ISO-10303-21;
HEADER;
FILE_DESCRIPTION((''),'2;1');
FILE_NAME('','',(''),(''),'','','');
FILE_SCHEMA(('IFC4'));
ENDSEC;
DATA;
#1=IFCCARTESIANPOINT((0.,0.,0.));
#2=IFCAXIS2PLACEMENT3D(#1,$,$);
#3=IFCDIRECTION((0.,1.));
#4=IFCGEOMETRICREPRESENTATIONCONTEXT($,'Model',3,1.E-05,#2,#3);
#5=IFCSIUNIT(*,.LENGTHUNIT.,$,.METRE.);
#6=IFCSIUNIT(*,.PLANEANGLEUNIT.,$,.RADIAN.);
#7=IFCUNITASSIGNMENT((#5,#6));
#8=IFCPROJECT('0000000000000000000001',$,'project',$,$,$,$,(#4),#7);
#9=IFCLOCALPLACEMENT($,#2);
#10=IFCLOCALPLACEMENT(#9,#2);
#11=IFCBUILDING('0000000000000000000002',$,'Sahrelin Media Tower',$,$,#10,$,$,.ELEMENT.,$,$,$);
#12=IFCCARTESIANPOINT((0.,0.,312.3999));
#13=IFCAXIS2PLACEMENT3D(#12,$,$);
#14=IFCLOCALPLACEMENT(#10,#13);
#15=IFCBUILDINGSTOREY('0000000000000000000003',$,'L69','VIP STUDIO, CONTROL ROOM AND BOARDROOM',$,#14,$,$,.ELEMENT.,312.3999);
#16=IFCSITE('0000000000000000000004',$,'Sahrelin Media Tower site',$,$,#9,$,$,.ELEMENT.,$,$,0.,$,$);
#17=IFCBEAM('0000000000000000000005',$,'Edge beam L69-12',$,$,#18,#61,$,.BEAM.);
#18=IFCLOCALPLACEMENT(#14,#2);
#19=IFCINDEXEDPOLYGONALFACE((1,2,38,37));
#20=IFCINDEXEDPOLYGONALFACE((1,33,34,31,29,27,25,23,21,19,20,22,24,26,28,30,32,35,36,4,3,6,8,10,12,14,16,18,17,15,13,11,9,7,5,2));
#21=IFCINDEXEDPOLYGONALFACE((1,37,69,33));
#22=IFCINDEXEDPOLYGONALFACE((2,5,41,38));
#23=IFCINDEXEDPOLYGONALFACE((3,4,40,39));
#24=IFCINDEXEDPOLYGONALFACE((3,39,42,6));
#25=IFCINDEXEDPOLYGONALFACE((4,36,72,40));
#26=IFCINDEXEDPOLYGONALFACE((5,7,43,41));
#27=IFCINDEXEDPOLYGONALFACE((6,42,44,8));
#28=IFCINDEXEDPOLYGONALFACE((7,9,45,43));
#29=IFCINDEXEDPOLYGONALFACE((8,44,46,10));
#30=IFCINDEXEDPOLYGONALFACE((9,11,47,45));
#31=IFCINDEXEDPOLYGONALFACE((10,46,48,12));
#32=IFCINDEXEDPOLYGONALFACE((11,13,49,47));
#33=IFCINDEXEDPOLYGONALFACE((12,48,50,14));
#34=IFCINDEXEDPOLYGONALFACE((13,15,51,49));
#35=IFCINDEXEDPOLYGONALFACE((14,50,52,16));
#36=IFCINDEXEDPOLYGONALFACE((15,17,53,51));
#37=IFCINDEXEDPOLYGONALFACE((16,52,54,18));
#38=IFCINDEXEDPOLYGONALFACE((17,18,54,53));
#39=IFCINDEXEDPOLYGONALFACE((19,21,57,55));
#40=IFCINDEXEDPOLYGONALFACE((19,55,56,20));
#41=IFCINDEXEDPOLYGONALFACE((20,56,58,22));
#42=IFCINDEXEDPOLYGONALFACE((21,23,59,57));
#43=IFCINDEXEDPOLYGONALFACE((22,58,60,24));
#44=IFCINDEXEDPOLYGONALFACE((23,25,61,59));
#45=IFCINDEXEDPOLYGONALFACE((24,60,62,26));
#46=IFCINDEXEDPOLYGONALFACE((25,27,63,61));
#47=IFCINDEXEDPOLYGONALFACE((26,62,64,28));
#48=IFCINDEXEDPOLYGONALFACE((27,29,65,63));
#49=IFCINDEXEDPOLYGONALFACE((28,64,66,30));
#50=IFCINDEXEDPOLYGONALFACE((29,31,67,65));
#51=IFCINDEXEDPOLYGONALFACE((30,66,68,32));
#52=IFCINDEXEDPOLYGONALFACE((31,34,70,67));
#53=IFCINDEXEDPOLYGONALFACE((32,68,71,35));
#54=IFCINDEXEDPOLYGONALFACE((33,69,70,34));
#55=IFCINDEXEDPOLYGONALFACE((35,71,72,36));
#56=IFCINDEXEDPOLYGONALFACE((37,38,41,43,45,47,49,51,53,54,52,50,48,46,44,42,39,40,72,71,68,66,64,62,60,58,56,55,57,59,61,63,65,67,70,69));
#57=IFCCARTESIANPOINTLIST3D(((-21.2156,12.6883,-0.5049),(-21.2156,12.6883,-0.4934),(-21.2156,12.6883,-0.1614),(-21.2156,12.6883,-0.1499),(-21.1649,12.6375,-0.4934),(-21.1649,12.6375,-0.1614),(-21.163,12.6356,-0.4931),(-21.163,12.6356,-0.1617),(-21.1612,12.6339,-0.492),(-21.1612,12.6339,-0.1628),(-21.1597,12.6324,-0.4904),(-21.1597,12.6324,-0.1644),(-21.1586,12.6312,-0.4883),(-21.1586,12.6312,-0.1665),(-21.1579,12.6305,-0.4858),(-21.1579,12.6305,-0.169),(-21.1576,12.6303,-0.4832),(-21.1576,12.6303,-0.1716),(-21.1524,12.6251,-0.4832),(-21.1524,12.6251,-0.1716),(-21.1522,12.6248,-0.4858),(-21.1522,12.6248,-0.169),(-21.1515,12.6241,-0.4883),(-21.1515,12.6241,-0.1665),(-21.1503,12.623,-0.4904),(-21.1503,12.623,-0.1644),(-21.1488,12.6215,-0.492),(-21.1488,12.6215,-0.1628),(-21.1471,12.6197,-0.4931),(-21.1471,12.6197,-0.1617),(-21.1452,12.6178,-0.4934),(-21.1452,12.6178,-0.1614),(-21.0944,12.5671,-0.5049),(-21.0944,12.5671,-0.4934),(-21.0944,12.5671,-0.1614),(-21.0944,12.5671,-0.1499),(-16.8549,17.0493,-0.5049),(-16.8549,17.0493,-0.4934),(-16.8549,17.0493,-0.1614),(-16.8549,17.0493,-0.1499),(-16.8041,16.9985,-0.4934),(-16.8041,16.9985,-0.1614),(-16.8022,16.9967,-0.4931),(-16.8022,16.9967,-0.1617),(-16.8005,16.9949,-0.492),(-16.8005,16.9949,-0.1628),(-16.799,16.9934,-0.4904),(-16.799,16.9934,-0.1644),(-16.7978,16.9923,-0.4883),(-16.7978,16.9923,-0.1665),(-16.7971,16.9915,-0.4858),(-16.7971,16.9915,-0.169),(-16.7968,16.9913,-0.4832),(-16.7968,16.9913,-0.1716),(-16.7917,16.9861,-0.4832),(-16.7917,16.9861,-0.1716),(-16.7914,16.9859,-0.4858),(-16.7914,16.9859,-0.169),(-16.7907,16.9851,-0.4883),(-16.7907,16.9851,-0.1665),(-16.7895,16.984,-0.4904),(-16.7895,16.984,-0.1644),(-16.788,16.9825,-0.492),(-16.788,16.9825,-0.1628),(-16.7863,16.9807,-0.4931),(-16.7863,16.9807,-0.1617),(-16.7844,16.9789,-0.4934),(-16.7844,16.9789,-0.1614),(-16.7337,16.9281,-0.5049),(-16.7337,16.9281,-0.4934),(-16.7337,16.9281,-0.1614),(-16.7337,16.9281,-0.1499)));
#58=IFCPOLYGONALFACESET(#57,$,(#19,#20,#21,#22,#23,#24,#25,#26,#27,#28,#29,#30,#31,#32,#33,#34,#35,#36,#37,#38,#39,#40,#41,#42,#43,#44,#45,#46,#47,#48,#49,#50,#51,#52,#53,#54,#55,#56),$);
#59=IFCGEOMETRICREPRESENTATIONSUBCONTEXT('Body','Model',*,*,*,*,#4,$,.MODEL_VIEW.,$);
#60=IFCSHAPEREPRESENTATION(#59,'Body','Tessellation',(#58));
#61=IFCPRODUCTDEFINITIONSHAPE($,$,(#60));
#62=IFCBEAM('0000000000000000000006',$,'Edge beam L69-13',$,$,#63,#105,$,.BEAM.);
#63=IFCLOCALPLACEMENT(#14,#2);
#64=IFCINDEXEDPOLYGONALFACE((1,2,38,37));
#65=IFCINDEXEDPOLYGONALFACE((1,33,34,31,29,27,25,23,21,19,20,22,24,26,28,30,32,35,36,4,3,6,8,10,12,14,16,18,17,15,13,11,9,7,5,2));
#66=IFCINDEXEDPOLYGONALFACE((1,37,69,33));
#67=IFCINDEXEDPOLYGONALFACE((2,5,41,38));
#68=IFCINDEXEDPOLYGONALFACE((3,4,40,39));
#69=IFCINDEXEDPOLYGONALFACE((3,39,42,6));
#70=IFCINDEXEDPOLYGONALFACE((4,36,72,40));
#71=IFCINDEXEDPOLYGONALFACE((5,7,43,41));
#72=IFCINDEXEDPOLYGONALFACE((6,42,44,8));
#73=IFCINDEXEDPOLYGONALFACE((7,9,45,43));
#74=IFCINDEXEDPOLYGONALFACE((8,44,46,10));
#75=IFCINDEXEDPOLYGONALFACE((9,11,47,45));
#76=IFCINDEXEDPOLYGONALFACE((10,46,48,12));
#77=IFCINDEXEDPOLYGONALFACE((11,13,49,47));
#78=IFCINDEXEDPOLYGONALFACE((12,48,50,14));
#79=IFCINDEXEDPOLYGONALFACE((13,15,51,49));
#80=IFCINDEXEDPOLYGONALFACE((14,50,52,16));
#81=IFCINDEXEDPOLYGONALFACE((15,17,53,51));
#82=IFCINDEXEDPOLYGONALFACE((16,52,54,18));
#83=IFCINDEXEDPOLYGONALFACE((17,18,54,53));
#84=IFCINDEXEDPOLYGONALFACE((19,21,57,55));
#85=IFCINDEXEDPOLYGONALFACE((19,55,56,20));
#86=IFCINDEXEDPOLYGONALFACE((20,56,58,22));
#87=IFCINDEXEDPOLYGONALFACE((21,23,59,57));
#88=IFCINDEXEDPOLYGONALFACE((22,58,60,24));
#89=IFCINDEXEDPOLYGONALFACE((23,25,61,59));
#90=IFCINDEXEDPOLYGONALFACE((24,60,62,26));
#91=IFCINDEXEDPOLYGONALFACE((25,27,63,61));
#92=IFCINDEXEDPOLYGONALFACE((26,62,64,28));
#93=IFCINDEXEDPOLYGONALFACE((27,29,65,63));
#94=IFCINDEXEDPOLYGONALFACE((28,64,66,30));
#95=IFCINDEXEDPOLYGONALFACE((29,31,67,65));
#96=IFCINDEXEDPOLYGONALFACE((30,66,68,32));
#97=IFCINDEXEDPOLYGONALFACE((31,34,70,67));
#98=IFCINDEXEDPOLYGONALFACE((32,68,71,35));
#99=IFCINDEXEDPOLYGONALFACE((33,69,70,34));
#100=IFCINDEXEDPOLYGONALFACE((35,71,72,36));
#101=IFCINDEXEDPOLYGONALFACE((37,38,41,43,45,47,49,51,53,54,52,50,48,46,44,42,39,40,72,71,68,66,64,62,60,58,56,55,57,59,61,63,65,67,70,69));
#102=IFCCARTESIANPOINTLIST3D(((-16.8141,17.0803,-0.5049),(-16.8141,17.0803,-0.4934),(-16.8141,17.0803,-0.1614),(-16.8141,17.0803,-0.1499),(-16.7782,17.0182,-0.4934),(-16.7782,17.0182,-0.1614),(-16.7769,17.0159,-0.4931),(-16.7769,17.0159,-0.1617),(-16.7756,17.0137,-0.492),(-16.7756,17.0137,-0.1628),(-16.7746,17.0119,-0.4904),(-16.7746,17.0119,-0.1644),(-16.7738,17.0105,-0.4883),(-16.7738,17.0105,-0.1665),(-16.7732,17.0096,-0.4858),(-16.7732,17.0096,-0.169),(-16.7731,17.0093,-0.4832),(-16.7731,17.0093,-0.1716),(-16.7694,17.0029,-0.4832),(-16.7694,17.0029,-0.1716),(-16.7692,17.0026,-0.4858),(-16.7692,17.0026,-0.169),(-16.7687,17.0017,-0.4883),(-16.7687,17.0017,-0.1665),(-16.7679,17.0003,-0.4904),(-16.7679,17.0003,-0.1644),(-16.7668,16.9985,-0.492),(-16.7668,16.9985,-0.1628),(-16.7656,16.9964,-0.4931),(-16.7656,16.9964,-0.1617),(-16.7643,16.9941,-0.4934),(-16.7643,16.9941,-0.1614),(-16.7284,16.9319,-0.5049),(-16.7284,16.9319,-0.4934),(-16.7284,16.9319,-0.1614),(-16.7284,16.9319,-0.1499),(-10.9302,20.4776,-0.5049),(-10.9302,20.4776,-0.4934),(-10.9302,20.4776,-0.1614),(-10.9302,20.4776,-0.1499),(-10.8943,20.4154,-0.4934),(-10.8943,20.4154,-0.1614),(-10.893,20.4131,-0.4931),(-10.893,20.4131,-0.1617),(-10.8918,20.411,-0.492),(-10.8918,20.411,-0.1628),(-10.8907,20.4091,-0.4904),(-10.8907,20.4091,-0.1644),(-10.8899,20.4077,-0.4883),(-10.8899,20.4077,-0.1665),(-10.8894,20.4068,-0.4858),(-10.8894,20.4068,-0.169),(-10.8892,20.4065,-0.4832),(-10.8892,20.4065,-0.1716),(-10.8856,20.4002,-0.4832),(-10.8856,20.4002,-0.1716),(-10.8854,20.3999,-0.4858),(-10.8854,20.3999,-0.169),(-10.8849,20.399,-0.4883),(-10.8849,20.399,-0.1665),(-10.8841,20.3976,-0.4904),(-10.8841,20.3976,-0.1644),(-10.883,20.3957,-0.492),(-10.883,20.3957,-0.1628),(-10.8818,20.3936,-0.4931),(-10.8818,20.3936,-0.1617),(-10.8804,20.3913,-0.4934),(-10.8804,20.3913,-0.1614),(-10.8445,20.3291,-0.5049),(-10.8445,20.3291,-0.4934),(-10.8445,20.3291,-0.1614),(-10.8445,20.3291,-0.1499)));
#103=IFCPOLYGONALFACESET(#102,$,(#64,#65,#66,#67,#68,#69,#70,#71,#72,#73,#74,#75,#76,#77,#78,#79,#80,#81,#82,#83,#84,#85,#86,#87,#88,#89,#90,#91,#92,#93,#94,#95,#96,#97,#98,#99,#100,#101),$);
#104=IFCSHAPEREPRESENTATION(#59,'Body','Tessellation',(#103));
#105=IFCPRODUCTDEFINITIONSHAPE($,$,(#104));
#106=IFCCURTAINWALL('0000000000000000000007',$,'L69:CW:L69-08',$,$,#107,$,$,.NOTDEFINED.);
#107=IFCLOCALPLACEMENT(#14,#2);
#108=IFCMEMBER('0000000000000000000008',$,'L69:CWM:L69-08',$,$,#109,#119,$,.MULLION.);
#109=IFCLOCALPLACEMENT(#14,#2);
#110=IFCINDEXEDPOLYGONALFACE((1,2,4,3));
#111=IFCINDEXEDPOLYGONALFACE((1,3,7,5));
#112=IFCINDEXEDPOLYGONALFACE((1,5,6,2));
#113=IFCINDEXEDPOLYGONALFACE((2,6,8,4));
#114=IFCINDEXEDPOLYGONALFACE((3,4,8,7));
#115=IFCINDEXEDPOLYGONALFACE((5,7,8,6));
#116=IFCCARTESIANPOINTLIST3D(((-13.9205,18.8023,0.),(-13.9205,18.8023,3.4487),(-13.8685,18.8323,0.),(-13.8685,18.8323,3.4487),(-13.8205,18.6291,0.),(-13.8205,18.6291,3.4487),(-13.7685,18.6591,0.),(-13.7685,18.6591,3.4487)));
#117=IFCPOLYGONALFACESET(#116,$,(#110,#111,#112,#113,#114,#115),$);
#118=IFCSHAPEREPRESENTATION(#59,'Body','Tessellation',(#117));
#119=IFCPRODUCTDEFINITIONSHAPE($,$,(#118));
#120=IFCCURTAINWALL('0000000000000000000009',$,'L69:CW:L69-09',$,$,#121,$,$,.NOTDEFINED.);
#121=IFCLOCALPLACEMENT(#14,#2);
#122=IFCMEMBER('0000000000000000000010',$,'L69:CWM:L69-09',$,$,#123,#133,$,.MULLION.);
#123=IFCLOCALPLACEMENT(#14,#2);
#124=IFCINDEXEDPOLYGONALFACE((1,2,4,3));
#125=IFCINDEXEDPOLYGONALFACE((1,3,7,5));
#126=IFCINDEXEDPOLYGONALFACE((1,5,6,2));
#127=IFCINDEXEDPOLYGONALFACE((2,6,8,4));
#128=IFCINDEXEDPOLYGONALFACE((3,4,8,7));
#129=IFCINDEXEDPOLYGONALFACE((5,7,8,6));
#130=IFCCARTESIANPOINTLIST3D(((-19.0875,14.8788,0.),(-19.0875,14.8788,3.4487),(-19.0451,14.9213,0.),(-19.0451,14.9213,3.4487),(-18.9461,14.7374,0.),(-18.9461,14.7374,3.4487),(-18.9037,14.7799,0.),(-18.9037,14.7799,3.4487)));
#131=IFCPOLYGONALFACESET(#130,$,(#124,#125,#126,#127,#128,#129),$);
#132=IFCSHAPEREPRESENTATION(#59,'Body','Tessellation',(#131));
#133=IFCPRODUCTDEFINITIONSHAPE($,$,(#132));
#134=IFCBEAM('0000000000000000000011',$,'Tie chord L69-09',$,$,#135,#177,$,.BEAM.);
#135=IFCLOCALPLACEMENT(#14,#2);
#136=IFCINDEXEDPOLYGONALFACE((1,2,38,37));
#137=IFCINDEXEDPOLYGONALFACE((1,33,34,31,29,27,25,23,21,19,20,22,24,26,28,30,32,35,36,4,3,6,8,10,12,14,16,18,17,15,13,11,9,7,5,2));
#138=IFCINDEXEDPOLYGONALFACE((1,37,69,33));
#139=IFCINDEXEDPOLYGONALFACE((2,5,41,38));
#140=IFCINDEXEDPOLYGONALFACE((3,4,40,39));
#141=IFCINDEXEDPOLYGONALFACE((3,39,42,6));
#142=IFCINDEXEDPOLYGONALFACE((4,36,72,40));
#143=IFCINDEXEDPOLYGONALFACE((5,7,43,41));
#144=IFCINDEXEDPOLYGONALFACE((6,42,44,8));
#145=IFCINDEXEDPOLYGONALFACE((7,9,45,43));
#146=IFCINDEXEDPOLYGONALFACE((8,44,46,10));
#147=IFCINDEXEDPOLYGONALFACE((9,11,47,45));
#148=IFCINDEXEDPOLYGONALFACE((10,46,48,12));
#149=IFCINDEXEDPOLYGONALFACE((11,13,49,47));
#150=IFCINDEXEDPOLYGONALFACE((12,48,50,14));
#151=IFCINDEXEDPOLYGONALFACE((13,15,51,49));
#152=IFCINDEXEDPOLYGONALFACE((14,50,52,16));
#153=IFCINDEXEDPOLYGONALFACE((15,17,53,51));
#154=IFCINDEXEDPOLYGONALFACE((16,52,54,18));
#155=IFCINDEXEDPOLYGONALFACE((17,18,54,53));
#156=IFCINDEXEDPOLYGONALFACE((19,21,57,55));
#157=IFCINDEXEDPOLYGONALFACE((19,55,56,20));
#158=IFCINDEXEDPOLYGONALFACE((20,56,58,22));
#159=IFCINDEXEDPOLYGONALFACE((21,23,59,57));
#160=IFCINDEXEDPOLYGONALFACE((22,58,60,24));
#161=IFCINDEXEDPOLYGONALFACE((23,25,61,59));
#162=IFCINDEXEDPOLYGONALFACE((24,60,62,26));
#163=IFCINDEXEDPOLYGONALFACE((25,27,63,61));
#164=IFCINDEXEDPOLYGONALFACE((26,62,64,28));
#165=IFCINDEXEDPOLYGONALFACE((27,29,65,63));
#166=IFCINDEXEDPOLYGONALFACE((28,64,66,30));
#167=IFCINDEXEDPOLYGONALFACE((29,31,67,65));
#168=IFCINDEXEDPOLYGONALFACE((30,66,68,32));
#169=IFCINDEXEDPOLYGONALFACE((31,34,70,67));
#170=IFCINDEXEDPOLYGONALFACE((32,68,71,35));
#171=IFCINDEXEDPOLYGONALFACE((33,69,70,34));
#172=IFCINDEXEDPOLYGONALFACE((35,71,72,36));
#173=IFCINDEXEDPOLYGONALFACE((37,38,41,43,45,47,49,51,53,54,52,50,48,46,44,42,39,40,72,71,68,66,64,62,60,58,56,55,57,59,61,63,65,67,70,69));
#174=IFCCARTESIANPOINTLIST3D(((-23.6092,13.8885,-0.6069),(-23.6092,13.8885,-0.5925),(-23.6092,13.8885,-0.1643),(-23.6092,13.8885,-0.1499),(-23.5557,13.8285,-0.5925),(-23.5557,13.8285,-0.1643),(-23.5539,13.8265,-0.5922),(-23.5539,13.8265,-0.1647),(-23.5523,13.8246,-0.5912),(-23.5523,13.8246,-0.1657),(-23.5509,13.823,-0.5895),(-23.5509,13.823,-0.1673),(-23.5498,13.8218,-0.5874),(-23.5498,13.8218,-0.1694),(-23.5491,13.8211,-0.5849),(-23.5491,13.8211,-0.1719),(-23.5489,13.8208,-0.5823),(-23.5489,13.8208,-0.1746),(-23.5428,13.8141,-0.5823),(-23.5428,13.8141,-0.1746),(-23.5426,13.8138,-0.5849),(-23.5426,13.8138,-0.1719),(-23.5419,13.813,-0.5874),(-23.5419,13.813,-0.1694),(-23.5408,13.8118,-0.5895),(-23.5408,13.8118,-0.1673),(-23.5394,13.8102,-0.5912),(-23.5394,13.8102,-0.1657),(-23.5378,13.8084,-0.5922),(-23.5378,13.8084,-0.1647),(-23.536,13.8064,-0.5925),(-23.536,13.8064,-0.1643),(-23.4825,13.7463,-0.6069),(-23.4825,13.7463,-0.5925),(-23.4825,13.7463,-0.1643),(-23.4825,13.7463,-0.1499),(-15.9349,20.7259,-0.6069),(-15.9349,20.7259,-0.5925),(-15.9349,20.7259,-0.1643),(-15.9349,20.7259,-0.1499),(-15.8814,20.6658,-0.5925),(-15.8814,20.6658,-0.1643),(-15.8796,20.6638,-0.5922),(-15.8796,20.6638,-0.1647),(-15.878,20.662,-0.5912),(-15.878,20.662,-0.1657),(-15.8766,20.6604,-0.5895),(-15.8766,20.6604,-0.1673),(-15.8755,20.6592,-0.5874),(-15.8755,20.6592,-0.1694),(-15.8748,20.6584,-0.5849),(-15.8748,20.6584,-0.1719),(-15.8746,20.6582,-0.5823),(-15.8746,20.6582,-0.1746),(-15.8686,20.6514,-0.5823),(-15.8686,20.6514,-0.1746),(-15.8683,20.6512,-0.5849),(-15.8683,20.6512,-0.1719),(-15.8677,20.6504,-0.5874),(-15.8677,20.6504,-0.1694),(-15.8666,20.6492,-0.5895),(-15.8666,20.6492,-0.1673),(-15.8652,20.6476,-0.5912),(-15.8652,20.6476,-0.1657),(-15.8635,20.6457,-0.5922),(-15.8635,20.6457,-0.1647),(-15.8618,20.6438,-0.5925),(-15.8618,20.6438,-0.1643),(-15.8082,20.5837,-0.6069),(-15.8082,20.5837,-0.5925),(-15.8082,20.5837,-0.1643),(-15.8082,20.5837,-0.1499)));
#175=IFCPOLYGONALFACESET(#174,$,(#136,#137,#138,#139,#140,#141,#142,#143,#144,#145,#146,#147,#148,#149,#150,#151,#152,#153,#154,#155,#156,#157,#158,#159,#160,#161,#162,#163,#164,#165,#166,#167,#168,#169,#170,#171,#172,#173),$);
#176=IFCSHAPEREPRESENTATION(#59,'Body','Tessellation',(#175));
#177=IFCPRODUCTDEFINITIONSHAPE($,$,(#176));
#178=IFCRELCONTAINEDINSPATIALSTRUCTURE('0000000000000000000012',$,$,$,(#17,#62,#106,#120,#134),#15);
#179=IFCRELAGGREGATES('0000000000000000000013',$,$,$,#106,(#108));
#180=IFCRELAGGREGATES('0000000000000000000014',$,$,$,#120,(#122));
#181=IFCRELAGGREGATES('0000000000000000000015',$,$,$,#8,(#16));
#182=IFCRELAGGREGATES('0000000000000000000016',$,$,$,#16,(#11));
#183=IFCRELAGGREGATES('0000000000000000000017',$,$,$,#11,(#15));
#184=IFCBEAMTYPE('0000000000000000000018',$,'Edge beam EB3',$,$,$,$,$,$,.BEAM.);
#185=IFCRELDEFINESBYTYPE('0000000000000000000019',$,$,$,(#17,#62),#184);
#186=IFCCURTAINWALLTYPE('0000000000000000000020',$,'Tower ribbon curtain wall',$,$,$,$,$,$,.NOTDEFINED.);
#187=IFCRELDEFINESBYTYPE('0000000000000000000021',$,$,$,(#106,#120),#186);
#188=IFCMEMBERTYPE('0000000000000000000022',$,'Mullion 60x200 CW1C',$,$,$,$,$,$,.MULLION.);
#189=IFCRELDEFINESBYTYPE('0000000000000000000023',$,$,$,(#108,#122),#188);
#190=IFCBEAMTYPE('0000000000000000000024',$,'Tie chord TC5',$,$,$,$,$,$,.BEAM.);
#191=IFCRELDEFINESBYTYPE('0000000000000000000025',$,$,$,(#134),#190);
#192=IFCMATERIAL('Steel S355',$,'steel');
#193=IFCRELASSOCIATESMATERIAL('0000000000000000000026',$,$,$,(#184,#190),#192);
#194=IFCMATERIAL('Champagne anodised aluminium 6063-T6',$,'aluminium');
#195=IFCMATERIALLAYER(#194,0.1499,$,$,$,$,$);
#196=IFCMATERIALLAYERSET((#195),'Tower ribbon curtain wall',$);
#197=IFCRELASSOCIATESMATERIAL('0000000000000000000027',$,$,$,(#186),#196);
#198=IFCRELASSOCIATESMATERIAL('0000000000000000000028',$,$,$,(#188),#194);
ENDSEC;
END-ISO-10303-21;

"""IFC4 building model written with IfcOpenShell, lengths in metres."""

from ifc_helpers import new_model, si_unit, direction, frame, origin, origin_2d, place, context, subcontext, project, spatial, rectangle, i_section, extrude, material, layer, layer_set, material_profile, profile_set, type_object, element, aggregate, save


model = new_model("IFC4")

# Units and contexts
model_context = context("Model", 3, precision=1e-05, world=origin(), true_north=direction((0.0, 1.0)))
body_context = subcontext(model_context, "Body", "Model", "MODEL_VIEW")
ifc_project = project(units=[si_unit("LENGTHUNIT", "METRE"), si_unit("PLANEANGLEUNIT", "RADIAN")], contexts=[model_context])

# Site, building, storey
site_placement = place(None, origin())
site = spatial("IfcSite", under=ifc_project, at=site_placement, Name="Sahrelin Media Tower site", CompositionType="ELEMENT", RefElevation=0.0)
building_placement = place(site_placement, origin())
building = spatial("IfcBuilding", under=site, at=building_placement, Name="Sahrelin Media Tower", CompositionType="ELEMENT")
storey_placement = place(building_placement, frame((0.0, 0.0, 312.3999)))
storey = spatial("IfcBuildingStorey", under=building, at=storey_placement, Name="L69", Description="VIP STUDIO, CONTROL ROOM AND BOARDROOM", CompositionType="ELEMENT", Elevation=312.3999)

# Beams
ifc_material_1 = material(Name="Steel S355", Category="steel")
ifc_material_profile_1 = material_profile(ifc_material_1, i_section(OverallWidth=0.1714, OverallDepth=0.355, WebThickness=0.0073, FlangeThickness=0.0115, FilletRadius=0.0103, at=origin_2d()), Name="UB 356x171x51")
ifc_profile_set_1 = profile_set([ifc_material_profile_1], Name="Steel S355")
beam_type_1 = type_object("IfcBeamType", Name="Edge beam EB3", PredefinedType="BEAM", material=ifc_profile_set_1)
beam_1_placement = place(storey_placement, frame((-21.155, 12.6277, -0.3274), z_axis=(0.707087, 0.707127, 0.0), x_axis=(-0.707127, 0.707087, 0.0)))
element("IfcBeam", 1, at=beam_1_placement, inside=storey, type_object=beam_type_1, Name="Edge beam L69-12", PredefinedType="BEAM", context=body_context, shape_type="SweptSolid", body=[
    extrude(i_section(OverallWidth=0.1714, OverallDepth=0.355, WebThickness=0.0073, FlangeThickness=0.0115, FilletRadius=0.0103, at=origin_2d()), origin(), (0.0, 0.0, 1.0), 6.1672),
])
beam_2_placement = place(storey_placement, frame((-16.7712, 17.0061, -0.3274), z_axis=(0.866012, 0.500023, 0.0), x_axis=(-0.500023, 0.866012, 0.0)))
element("IfcBeam", 2, at=beam_2_placement, inside=storey, type_object=beam_type_1, Name="Edge beam L69-13", PredefinedType="BEAM", context=body_context, shape_type="SweptSolid", body=[
    extrude(i_section(OverallWidth=0.1714, OverallDepth=0.355, WebThickness=0.0073, FlangeThickness=0.0115, FilletRadius=0.0103, at=origin_2d()), origin(), (0.0, 0.0, 1.0), 6.7942),
])

# Curtain walls, members
ifc_material_2 = material(Name="Champagne anodised aluminium 6063-T6", Category="aluminium")
ifc_layer_1 = layer(ifc_material_2, 0.1499)
ifc_layer_set_1 = layer_set([ifc_layer_1], Name="Tower ribbon curtain wall")
curtain_wall_type = type_object("IfcCurtainWallType", Name="Tower ribbon curtain wall", PredefinedType="NOTDEFINED", material=ifc_layer_set_1)
curtain_wall_1_placement = place(storey_placement, frame((-13.9043, 18.8347, 0.0), z_axis=(0.0, 0.0, 1.0), x_axis=(1.0, 0.0, 0.0)))
curtain_wall_1 = element("IfcCurtainWall", 3, at=curtain_wall_1_placement, inside=storey, type_object=curtain_wall_type, Name="L69:CW:L69-08", PredefinedType="NOTDEFINED")
ifc_material_profile_2 = material_profile(ifc_material_2, rectangle(XDim=0.0601, YDim=0.2, at=origin_2d()), Name="Mullion 60x200")
ifc_profile_set_2 = profile_set([ifc_material_profile_2], Name="Champagne anodised aluminium 6063-T6")
member_type_1 = type_object("IfcMemberType", Name="Mullion 60x200 CW1C", PredefinedType="MULLION", material=ifc_profile_set_2)
member_1_placement = place(storey_placement, frame((-13.8445, 18.7307, 0.0), z_axis=(0.0, 0.0, 1.0), x_axis=(-0.866029, -0.499994, 0.0)))
member_1 = element("IfcMember", 4, at=member_1_placement, type_object=member_type_1, Name="L69:CWM:L69-08", PredefinedType="MULLION", context=body_context, shape_type="SweptSolid", body=[
    extrude(rectangle(XDim=0.0601, YDim=0.2, at=origin_2d()), origin(), (0.0, 0.0, 1.0), 3.4487),
])
aggregate(curtain_wall_1, [member_1])
curtain_wall_2_placement = place(storey_placement, frame((-19.0806, 14.9143, 0.0), z_axis=(0.0, 0.0, 1.0), x_axis=(1.0, 0.0, 0.0)))
curtain_wall_2 = element("IfcCurtainWall", 5, at=curtain_wall_2_placement, inside=storey, type_object=curtain_wall_type, Name="L69:CW:L69-09", PredefinedType="NOTDEFINED")
member_2_placement = place(storey_placement, frame((-18.9956, 14.8293, 0.0), z_axis=(0.0, 0.0, 1.0), x_axis=(-0.707099, -0.707114, 0.0)))
member_2 = element("IfcMember", 6, at=member_2_placement, type_object=member_type_1, Name="L69:CWM:L69-09", PredefinedType="MULLION", context=body_context, shape_type="SweptSolid", body=[
    extrude(rectangle(XDim=0.0601, YDim=0.2, at=origin_2d()), origin(), (0.0, 0.0, 1.0), 3.4487),
])

# Beam
ifc_material_profile_3 = material_profile(ifc_material_1, i_section(OverallWidth=0.1904, OverallDepth=0.457, WebThickness=0.009, FlangeThickness=0.0144, FilletRadius=0.0103, at=origin_2d()), Name="UB 457x191x74")
ifc_profile_set_3 = profile_set([ifc_material_profile_3], Name="Steel S355")
beam_type_2 = type_object("IfcBeamType", Name="Tie chord TC5", PredefinedType="BEAM", material=ifc_profile_set_3)
beam_3_placement = place(storey_placement, frame((-15.8716, 20.6548, -0.3784), z_axis=(-0.746646, -0.665221, 0.0), x_axis=(0.665221, -0.746646, 0.0)))
element("IfcBeam", 7, at=beam_3_placement, inside=storey, type_object=beam_type_2, Name="Tie chord L69-09", PredefinedType="BEAM", context=body_context, shape_type="SweptSolid", body=[
    extrude(i_section(OverallWidth=0.1904, OverallDepth=0.457, WebThickness=0.009, FlangeThickness=0.0144, FilletRadius=0.0103, at=origin_2d()), origin(), (0.0, 0.0, 1.0), 10.2783),
])

aggregate(curtain_wall_2, [member_2])

save(model, "model.ifc")
